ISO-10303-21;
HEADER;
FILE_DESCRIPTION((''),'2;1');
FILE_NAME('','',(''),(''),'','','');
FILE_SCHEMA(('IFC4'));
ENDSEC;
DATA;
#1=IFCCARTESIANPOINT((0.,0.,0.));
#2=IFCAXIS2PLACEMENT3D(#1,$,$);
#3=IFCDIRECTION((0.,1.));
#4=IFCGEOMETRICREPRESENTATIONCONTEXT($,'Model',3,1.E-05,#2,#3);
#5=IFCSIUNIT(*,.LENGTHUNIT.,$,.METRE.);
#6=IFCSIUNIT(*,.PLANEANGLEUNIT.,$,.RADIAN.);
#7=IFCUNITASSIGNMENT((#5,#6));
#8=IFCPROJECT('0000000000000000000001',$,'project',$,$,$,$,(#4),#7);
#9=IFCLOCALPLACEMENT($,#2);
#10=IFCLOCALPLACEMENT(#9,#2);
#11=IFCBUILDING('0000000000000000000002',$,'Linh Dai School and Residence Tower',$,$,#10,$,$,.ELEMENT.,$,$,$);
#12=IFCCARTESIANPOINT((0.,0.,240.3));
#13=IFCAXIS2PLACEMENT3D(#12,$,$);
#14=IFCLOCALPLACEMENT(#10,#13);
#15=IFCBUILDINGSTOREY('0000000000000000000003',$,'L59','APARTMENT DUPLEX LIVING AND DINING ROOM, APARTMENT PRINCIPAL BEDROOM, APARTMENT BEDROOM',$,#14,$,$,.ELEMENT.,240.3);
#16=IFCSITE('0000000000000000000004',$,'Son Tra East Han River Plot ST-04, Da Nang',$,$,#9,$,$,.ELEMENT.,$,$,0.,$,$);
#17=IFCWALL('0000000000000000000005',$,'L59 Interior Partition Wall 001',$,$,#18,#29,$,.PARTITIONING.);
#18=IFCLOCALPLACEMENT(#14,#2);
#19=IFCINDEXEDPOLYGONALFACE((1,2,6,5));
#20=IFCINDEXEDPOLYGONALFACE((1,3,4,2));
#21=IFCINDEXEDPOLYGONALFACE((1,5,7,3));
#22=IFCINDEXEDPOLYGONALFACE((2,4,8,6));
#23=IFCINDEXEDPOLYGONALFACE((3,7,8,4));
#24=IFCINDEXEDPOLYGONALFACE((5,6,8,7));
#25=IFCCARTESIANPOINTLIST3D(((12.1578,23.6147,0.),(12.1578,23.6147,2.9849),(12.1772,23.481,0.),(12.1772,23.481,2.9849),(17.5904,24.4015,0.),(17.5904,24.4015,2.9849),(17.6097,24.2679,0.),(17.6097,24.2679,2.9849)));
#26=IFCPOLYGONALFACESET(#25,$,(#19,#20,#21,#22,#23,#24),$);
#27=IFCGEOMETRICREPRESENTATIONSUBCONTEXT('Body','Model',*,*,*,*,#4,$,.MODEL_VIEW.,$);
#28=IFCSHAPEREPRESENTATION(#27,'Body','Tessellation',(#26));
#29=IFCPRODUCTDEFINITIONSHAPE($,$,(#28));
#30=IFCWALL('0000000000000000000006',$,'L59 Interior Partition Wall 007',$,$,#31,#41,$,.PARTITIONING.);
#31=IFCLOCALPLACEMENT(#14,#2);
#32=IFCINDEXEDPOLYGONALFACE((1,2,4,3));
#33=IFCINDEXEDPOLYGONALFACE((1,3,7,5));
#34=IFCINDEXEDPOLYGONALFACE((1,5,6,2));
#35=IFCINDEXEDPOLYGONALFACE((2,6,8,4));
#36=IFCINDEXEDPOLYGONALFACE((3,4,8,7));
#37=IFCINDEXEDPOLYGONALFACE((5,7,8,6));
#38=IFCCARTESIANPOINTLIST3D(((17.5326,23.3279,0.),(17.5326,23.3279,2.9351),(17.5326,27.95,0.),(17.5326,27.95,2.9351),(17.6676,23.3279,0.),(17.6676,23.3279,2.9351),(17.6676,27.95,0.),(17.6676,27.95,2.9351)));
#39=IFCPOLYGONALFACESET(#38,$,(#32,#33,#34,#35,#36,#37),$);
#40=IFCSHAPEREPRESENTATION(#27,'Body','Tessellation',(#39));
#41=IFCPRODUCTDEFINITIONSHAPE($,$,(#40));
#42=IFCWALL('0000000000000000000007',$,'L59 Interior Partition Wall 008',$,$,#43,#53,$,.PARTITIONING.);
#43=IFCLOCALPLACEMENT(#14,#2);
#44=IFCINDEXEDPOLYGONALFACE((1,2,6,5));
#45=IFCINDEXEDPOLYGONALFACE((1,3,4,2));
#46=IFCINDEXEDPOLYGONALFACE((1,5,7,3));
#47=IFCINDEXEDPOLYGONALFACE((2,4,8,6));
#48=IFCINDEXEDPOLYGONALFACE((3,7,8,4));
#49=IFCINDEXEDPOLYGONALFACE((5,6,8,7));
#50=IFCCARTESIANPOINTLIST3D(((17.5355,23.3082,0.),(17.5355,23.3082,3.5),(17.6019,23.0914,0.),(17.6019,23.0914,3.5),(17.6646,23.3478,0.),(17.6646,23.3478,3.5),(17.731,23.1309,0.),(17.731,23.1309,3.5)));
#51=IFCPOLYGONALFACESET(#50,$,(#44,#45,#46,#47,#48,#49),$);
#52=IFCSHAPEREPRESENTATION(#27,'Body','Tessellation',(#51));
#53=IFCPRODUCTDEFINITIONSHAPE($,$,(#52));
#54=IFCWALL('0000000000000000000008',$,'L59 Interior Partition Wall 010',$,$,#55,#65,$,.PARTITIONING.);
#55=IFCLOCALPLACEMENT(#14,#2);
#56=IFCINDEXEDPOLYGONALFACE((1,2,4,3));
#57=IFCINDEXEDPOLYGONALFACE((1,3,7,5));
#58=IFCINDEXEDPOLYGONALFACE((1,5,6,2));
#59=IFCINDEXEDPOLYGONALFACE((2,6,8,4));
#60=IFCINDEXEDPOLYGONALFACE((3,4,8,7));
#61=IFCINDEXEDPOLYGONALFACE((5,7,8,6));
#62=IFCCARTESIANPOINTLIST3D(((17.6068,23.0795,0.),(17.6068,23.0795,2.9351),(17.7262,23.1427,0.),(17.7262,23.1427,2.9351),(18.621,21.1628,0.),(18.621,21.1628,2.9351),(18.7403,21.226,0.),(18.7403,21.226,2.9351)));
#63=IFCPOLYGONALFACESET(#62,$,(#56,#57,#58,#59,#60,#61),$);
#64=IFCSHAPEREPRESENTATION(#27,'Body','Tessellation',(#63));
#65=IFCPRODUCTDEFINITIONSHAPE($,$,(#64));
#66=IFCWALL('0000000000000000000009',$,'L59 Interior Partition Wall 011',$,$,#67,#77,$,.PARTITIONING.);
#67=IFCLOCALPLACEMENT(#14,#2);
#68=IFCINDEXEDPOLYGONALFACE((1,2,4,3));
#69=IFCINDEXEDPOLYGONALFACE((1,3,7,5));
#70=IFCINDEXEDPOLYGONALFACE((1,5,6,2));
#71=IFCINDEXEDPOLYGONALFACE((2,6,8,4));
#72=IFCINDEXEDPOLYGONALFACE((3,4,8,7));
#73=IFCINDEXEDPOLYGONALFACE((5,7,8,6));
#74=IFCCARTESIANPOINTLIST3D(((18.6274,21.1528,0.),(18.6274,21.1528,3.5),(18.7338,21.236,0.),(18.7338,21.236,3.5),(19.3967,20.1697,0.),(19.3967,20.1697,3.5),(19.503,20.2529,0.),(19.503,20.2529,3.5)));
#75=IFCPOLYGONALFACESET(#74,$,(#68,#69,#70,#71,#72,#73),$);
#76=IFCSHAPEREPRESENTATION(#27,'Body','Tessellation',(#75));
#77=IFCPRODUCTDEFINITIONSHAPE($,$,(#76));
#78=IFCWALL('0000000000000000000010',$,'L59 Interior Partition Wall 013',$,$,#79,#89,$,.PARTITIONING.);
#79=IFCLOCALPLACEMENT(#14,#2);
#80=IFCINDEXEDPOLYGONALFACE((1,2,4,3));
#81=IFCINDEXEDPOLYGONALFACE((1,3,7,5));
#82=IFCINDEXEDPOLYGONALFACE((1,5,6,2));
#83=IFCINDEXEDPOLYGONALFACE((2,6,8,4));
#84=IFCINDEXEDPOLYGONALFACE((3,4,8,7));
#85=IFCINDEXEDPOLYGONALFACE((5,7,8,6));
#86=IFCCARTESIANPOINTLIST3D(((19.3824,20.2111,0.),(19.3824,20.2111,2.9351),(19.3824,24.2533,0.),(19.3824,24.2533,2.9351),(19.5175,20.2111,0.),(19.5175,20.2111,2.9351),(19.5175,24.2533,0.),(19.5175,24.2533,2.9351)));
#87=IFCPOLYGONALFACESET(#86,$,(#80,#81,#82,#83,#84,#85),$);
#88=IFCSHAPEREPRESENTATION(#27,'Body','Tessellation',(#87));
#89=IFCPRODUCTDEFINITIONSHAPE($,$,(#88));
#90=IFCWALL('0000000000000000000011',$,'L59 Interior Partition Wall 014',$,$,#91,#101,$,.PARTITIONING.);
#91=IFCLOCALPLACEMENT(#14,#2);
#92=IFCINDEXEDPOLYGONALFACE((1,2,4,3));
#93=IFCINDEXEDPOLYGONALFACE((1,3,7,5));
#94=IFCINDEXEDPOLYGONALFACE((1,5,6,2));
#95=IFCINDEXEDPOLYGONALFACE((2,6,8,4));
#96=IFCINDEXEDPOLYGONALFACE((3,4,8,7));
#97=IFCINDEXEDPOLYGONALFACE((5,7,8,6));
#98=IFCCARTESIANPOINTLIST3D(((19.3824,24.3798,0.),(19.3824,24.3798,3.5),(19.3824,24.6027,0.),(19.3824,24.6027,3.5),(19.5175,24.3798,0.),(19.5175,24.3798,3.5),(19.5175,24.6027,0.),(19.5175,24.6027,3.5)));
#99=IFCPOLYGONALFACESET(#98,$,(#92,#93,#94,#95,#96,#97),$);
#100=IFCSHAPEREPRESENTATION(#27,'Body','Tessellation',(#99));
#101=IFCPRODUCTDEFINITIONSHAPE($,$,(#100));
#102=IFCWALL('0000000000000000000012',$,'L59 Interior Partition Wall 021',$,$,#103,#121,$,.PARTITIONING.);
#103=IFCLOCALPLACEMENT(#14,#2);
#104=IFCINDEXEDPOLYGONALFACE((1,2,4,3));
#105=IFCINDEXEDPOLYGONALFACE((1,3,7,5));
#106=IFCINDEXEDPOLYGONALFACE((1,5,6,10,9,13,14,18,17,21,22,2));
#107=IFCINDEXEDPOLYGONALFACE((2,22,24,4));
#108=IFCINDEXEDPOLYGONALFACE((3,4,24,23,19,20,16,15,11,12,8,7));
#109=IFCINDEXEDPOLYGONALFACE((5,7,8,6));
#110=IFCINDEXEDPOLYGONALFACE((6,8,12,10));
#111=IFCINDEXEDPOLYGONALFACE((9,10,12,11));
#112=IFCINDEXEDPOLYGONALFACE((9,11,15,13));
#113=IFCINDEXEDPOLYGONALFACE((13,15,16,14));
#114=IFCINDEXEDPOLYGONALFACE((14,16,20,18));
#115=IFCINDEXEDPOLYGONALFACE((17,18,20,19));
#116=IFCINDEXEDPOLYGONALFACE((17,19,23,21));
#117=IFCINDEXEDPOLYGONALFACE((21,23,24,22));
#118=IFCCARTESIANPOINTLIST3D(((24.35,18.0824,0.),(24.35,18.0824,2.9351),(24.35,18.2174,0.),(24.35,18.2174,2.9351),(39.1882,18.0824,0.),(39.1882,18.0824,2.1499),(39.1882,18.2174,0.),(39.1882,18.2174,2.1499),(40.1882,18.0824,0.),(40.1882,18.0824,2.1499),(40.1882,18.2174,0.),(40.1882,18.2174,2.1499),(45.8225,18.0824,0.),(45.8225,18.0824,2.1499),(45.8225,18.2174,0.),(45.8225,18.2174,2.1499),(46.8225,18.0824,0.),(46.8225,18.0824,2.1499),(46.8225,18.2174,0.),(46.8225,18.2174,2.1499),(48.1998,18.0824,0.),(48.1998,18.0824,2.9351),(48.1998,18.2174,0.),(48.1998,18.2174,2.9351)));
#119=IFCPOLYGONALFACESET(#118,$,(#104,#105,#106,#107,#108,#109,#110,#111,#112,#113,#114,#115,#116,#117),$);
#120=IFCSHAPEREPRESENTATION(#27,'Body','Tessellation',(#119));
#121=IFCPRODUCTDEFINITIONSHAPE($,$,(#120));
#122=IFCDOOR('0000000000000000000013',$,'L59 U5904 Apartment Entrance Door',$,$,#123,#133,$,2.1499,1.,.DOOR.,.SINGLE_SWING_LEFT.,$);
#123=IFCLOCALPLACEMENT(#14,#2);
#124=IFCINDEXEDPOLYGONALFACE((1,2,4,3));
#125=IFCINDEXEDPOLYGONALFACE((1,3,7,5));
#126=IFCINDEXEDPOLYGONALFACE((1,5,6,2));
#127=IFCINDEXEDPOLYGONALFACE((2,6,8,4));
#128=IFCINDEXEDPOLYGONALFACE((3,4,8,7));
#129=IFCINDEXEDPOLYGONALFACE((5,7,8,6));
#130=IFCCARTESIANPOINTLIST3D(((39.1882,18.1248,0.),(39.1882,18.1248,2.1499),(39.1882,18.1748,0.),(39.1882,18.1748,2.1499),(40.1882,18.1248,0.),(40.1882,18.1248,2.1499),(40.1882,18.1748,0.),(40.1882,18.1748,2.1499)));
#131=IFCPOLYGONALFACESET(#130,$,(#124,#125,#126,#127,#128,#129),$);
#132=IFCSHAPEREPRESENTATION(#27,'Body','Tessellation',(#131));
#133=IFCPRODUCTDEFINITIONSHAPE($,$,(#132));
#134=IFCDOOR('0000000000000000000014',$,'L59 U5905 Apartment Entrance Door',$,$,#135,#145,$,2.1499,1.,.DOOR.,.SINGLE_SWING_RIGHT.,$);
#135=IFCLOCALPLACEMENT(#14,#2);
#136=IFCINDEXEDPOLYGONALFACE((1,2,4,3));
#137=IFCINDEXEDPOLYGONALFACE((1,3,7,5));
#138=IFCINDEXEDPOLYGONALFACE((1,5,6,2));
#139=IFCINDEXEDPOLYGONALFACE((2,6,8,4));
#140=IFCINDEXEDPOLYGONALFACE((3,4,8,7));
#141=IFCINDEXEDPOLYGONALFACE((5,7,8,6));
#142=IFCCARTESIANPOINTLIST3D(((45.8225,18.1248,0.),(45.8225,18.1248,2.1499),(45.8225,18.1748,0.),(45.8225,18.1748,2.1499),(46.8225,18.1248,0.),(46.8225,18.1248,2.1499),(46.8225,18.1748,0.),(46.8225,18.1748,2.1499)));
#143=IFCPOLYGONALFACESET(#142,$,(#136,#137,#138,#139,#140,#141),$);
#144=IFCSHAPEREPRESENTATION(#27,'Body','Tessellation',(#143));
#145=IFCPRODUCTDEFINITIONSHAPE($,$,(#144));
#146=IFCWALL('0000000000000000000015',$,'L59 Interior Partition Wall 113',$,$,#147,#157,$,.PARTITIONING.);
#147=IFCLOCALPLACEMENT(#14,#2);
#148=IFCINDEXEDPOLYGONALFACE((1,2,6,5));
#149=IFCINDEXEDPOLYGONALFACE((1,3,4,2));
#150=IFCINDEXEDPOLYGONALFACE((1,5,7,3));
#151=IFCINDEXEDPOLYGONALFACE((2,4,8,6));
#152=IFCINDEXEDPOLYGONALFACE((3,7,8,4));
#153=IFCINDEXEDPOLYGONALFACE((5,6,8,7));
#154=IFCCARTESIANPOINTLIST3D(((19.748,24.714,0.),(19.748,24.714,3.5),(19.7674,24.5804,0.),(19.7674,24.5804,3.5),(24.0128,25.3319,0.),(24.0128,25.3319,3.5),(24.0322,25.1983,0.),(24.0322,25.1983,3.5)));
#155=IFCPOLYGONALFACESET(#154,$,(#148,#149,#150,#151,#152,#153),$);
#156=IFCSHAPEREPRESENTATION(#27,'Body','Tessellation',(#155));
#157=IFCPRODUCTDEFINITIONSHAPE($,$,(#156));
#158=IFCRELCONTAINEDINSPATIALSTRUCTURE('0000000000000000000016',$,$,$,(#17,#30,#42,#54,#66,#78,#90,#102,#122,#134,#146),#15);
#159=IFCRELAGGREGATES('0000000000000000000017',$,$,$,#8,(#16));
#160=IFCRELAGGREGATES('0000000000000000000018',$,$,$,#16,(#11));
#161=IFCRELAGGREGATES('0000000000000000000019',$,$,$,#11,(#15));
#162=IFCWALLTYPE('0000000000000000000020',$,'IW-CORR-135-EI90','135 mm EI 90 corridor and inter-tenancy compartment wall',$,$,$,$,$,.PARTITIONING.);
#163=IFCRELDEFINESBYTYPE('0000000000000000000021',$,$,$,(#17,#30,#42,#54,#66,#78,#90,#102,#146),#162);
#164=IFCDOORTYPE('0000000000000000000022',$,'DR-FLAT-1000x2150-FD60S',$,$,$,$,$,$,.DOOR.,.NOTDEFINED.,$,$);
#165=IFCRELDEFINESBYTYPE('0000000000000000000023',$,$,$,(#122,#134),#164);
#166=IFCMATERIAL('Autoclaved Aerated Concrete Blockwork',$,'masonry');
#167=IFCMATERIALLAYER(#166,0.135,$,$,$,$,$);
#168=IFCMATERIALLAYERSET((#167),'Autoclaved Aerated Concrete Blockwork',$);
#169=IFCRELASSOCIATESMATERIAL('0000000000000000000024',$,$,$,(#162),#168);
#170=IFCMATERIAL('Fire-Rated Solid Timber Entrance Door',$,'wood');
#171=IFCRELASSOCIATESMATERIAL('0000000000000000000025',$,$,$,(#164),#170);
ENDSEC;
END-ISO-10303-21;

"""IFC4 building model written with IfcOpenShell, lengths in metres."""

from ifc_helpers import new_model, si_unit, direction, frame, frame_2d, origin, origin_2d, place, context, subcontext, project, spatial, rectangle, extrude, source, transform, mapped, material, layer, layer_set, type_object, element, fill, save


model = new_model("IFC4")

# Units and contexts
model_context = context("Model", 3, precision=1e-05, world=origin(), true_north=direction((0.0, 1.0)))
body_context = subcontext(model_context, "Body", "Model", "MODEL_VIEW")
ifc_project = project(units=[si_unit("LENGTHUNIT", "METRE"), si_unit("PLANEANGLEUNIT", "RADIAN")], contexts=[model_context])

# Site, building, storey
site_placement = place(None, origin())
site = spatial("IfcSite", under=ifc_project, at=site_placement, Name="Son Tra East Han River Plot ST-04, Da Nang", CompositionType="ELEMENT", RefElevation=0.0)
building_placement = place(site_placement, origin())
building = spatial("IfcBuilding", under=site, at=building_placement, Name="Linh Dai School and Residence Tower", CompositionType="ELEMENT")
storey_placement = place(building_placement, frame((0.0, 0.0, 240.3)))
storey = spatial("IfcBuildingStorey", under=building, at=storey_placement, Name="L59", Description="APARTMENT DUPLEX LIVING AND DINING ROOM, APARTMENT PRINCIPAL BEDROOM, APARTMENT BEDROOM", CompositionType="ELEMENT", Elevation=240.3)

# Walls
ifc_material_1 = material(Name="Autoclaved Aerated Concrete Blockwork", Category="masonry")
ifc_layer_1 = layer(ifc_material_1, 0.135)
ifc_layer_set_1 = layer_set([ifc_layer_1], Name="Autoclaved Aerated Concrete Blockwork")
wall_type_1 = type_object("IfcWallType", Name="IW-CORR-135-EI90", Description="135 mm EI 90 corridor and inter-tenancy compartment wall", PredefinedType="PARTITIONING", material=ifc_layer_set_1)
wall_1_placement = place(storey_placement, frame((12.1675, 23.5479, 0.0), z_axis=(0.0, 0.0, 1.0), x_axis=(0.989673, 0.143345, 0.0)))
element("IfcWall", 1, at=wall_1_placement, inside=storey, type_object=wall_type_1, Name="L59 Interior Partition Wall 001", PredefinedType="PARTITIONING", context=body_context, shape_type="SweptSolid", body=[
    extrude(rectangle(XDim=5.4893, YDim=0.135, at=frame_2d((2.7446, 0.0))), origin(), (0.0, 0.0, 1.0), 2.9849),
])
wall_2_placement = place(storey_placement, frame((17.6001, 23.3279, 0.0), z_axis=(0.0, 0.0, 1.0), x_axis=(0.0, 1.0, 0.0)))
element("IfcWall", 2, at=wall_2_placement, inside=storey, type_object=wall_type_1, Name="L59 Interior Partition Wall 007", PredefinedType="PARTITIONING", context=body_context, shape_type="SweptSolid", body=[
    extrude(rectangle(XDim=4.6221, YDim=0.135, at=frame_2d((2.311, 0.0))), origin(), (0.0, 0.0, 1.0), 2.9351),
])
wall_3_placement = place(storey_placement, frame((17.6001, 23.3279, 0.0), z_axis=(0.0, 0.0, 1.0), x_axis=(0.292875, -0.956151, 0.0)))
element("IfcWall", 3, at=wall_3_placement, inside=storey, type_object=wall_type_1, Name="L59 Interior Partition Wall 008", PredefinedType="PARTITIONING", context=body_context, shape_type="SweptSolid", body=[
    extrude(rectangle(XDim=0.2268, YDim=0.135, at=frame_2d((0.1133, 0.0))), origin(), (0.0, 0.0, 1.0), 3.5),
])
wall_4_placement = place(storey_placement, frame((17.6665, 23.1111, 0.0), z_axis=(0.0, 0.0, 1.0), x_axis=(0.467676, -0.8839, 0.0)))
element("IfcWall", 4, at=wall_4_placement, inside=storey, type_object=wall_type_1, Name="L59 Interior Partition Wall 010", PredefinedType="PARTITIONING", context=body_context, shape_type="SweptSolid", body=[
    extrude(rectangle(XDim=2.1685, YDim=0.135, at=frame_2d((1.0842, 0.0))), origin(), (0.0, 0.0, 1.0), 2.9351),
])
wall_5_placement = place(storey_placement, frame((18.6807, 21.1943, 0.0), z_axis=(0.0, 0.0, 1.0), x_axis=(0.61624, -0.787559, 0.0)))
element("IfcWall", 5, at=wall_5_placement, inside=storey, type_object=wall_type_1, Name="L59 Interior Partition Wall 011", PredefinedType="PARTITIONING", context=body_context, shape_type="SweptSolid", body=[
    extrude(rectangle(XDim=1.2483, YDim=0.135, at=frame_2d((0.624, 0.0))), origin(), (0.0, 0.0, 1.0), 3.5),
])
wall_6_placement = place(storey_placement, frame((19.45, 20.2112, 0.0), z_axis=(0.0, 0.0, 1.0), x_axis=(0.0, 1.0, 0.0)))
element("IfcWall", 6, at=wall_6_placement, inside=storey, type_object=wall_type_1, Name="L59 Interior Partition Wall 013", PredefinedType="PARTITIONING", context=body_context, shape_type="SweptSolid", body=[
    extrude(rectangle(XDim=4.0422, YDim=0.135, at=frame_2d((2.021, 0.0))), origin(), (0.0, 0.0, 1.0), 2.9351),
])
wall_7_placement = place(storey_placement, frame((19.45, 24.3799, 0.0), z_axis=(0.0, 0.0, 1.0), x_axis=(0.0, 1.0, 0.0)))
element("IfcWall", 7, at=wall_7_placement, inside=storey, type_object=wall_type_1, Name="L59 Interior Partition Wall 014", PredefinedType="PARTITIONING", context=body_context, shape_type="SweptSolid", body=[
    extrude(rectangle(XDim=0.2229, YDim=0.135, at=frame_2d((0.1113, 0.0))), origin(), (0.0, 0.0, 1.0), 3.5),
])

# Wall, openings, doors
wall_8_placement = place(storey_placement, frame((24.3501, 18.1499, 0.0), z_axis=(0.0, 0.0, 1.0), x_axis=(1.0, 0.0, 0.0)))
wall_8 = element("IfcWall", 8, at=wall_8_placement, inside=storey, type_object=wall_type_1, Name="L59 Interior Partition Wall 021", PredefinedType="PARTITIONING", context=body_context, shape_type="SweptSolid", body=[
    extrude(rectangle(XDim=23.8499, YDim=0.135, at=frame_2d((11.9248, 0.0))), origin(), (0.0, 0.0, 1.0), 2.9351),
])
opening_1_placement = place(wall_8_placement, frame((14.8381, 0.0, 0.0)))
opening_1 = element("IfcOpeningElement", 9, at=opening_1_placement, cuts=wall_8, PredefinedType="OPENING", context=body_context, shape_type="SweptSolid", body=[
    extrude(rectangle(XDim=1.0, YDim=2.1499, at=origin_2d()), frame((0.5, 0.0776, 1.075), z_axis=(0.0, -1.0, 0.0), x_axis=(1.0, 0.0, 0.0)), (0.0, 0.0, 1.0), 0.155),
])
opening_2_placement = place(wall_8_placement, frame((21.4724, 0.0, 0.0)))
opening_2 = element("IfcOpeningElement", 10, at=opening_2_placement, cuts=wall_8, PredefinedType="OPENING", context=body_context, shape_type="SweptSolid", body=[
    extrude(rectangle(XDim=1.0, YDim=2.1499, at=origin_2d()), frame((0.5, 0.0776, 1.075), z_axis=(0.0, -1.0, 0.0), x_axis=(1.0, 0.0, 0.0)), (0.0, 0.0, 1.0), 0.155),
])
ifc_material_2 = material(Name="Fire-Rated Solid Timber Entrance Door", Category="wood")
door_type_1 = type_object("IfcDoorType", Name="DR-FLAT-1000x2150-FD60S", OperationType="NOTDEFINED", PredefinedType="DOOR", material=ifc_material_2)
shared_shape_1 = source(origin(), body_context, "Body", "SweptSolid", [
    extrude(rectangle(XDim=1.0, YDim=2.1499, at=origin_2d()), frame((0.5, 0.0249, 1.075), z_axis=(0.0, -1.0, 0.0), x_axis=(1.0, 0.0, 0.0)), (0.0, 0.0, 1.0), 0.05),
])
door_1_placement = place(opening_1_placement, origin())
door_1 = element("IfcDoor", 11, at=door_1_placement, inside=storey, type_object=door_type_1, Name="L59 U5904 Apartment Entrance Door", OperationType="SINGLE_SWING_LEFT", OverallHeight=2.1499, OverallWidth=1.0, PredefinedType="DOOR", context=body_context, shape_type="MappedRepresentation", body=[
    mapped(shared_shape_1, transform((0.0, 0.0, 0.0), x_axis=(1.0, 0.0, 0.0), y_axis=(0.0, 1.0, 0.0), z_axis=(0.0, 0.0, 1.0), scale=1.0)),
])
fill(opening_1, door_1)
door_2_placement = place(opening_2_placement, origin())
door_2 = element("IfcDoor", 12, at=door_2_placement, inside=storey, type_object=door_type_1, Name="L59 U5905 Apartment Entrance Door", OperationType="SINGLE_SWING_RIGHT", OverallHeight=2.1499, OverallWidth=1.0, PredefinedType="DOOR", context=body_context, shape_type="MappedRepresentation", body=[
    mapped(shared_shape_1, transform((0.0, 0.0, 0.0), x_axis=(1.0, 0.0, 0.0), y_axis=(0.0, 1.0, 0.0), z_axis=(0.0, 0.0, 1.0), scale=1.0)),
])
fill(opening_2, door_2)

# Wall
wall_9_placement = place(storey_placement, frame((19.7576, 24.6472, 0.0), z_axis=(0.0, 0.0, 1.0), x_axis=(0.989667, 0.143388, 0.0)))
element("IfcWall", 13, at=wall_9_placement, inside=storey, type_object=wall_type_1, Name="L59 Interior Partition Wall 113", PredefinedType="PARTITIONING", context=body_context, shape_type="SweptSolid", body=[
    extrude(rectangle(XDim=4.3093, YDim=0.135, at=frame_2d((2.1548, 0.0))), origin(), (0.0, 0.0, 1.0), 3.5),
])

save(model, "model.ifc")
